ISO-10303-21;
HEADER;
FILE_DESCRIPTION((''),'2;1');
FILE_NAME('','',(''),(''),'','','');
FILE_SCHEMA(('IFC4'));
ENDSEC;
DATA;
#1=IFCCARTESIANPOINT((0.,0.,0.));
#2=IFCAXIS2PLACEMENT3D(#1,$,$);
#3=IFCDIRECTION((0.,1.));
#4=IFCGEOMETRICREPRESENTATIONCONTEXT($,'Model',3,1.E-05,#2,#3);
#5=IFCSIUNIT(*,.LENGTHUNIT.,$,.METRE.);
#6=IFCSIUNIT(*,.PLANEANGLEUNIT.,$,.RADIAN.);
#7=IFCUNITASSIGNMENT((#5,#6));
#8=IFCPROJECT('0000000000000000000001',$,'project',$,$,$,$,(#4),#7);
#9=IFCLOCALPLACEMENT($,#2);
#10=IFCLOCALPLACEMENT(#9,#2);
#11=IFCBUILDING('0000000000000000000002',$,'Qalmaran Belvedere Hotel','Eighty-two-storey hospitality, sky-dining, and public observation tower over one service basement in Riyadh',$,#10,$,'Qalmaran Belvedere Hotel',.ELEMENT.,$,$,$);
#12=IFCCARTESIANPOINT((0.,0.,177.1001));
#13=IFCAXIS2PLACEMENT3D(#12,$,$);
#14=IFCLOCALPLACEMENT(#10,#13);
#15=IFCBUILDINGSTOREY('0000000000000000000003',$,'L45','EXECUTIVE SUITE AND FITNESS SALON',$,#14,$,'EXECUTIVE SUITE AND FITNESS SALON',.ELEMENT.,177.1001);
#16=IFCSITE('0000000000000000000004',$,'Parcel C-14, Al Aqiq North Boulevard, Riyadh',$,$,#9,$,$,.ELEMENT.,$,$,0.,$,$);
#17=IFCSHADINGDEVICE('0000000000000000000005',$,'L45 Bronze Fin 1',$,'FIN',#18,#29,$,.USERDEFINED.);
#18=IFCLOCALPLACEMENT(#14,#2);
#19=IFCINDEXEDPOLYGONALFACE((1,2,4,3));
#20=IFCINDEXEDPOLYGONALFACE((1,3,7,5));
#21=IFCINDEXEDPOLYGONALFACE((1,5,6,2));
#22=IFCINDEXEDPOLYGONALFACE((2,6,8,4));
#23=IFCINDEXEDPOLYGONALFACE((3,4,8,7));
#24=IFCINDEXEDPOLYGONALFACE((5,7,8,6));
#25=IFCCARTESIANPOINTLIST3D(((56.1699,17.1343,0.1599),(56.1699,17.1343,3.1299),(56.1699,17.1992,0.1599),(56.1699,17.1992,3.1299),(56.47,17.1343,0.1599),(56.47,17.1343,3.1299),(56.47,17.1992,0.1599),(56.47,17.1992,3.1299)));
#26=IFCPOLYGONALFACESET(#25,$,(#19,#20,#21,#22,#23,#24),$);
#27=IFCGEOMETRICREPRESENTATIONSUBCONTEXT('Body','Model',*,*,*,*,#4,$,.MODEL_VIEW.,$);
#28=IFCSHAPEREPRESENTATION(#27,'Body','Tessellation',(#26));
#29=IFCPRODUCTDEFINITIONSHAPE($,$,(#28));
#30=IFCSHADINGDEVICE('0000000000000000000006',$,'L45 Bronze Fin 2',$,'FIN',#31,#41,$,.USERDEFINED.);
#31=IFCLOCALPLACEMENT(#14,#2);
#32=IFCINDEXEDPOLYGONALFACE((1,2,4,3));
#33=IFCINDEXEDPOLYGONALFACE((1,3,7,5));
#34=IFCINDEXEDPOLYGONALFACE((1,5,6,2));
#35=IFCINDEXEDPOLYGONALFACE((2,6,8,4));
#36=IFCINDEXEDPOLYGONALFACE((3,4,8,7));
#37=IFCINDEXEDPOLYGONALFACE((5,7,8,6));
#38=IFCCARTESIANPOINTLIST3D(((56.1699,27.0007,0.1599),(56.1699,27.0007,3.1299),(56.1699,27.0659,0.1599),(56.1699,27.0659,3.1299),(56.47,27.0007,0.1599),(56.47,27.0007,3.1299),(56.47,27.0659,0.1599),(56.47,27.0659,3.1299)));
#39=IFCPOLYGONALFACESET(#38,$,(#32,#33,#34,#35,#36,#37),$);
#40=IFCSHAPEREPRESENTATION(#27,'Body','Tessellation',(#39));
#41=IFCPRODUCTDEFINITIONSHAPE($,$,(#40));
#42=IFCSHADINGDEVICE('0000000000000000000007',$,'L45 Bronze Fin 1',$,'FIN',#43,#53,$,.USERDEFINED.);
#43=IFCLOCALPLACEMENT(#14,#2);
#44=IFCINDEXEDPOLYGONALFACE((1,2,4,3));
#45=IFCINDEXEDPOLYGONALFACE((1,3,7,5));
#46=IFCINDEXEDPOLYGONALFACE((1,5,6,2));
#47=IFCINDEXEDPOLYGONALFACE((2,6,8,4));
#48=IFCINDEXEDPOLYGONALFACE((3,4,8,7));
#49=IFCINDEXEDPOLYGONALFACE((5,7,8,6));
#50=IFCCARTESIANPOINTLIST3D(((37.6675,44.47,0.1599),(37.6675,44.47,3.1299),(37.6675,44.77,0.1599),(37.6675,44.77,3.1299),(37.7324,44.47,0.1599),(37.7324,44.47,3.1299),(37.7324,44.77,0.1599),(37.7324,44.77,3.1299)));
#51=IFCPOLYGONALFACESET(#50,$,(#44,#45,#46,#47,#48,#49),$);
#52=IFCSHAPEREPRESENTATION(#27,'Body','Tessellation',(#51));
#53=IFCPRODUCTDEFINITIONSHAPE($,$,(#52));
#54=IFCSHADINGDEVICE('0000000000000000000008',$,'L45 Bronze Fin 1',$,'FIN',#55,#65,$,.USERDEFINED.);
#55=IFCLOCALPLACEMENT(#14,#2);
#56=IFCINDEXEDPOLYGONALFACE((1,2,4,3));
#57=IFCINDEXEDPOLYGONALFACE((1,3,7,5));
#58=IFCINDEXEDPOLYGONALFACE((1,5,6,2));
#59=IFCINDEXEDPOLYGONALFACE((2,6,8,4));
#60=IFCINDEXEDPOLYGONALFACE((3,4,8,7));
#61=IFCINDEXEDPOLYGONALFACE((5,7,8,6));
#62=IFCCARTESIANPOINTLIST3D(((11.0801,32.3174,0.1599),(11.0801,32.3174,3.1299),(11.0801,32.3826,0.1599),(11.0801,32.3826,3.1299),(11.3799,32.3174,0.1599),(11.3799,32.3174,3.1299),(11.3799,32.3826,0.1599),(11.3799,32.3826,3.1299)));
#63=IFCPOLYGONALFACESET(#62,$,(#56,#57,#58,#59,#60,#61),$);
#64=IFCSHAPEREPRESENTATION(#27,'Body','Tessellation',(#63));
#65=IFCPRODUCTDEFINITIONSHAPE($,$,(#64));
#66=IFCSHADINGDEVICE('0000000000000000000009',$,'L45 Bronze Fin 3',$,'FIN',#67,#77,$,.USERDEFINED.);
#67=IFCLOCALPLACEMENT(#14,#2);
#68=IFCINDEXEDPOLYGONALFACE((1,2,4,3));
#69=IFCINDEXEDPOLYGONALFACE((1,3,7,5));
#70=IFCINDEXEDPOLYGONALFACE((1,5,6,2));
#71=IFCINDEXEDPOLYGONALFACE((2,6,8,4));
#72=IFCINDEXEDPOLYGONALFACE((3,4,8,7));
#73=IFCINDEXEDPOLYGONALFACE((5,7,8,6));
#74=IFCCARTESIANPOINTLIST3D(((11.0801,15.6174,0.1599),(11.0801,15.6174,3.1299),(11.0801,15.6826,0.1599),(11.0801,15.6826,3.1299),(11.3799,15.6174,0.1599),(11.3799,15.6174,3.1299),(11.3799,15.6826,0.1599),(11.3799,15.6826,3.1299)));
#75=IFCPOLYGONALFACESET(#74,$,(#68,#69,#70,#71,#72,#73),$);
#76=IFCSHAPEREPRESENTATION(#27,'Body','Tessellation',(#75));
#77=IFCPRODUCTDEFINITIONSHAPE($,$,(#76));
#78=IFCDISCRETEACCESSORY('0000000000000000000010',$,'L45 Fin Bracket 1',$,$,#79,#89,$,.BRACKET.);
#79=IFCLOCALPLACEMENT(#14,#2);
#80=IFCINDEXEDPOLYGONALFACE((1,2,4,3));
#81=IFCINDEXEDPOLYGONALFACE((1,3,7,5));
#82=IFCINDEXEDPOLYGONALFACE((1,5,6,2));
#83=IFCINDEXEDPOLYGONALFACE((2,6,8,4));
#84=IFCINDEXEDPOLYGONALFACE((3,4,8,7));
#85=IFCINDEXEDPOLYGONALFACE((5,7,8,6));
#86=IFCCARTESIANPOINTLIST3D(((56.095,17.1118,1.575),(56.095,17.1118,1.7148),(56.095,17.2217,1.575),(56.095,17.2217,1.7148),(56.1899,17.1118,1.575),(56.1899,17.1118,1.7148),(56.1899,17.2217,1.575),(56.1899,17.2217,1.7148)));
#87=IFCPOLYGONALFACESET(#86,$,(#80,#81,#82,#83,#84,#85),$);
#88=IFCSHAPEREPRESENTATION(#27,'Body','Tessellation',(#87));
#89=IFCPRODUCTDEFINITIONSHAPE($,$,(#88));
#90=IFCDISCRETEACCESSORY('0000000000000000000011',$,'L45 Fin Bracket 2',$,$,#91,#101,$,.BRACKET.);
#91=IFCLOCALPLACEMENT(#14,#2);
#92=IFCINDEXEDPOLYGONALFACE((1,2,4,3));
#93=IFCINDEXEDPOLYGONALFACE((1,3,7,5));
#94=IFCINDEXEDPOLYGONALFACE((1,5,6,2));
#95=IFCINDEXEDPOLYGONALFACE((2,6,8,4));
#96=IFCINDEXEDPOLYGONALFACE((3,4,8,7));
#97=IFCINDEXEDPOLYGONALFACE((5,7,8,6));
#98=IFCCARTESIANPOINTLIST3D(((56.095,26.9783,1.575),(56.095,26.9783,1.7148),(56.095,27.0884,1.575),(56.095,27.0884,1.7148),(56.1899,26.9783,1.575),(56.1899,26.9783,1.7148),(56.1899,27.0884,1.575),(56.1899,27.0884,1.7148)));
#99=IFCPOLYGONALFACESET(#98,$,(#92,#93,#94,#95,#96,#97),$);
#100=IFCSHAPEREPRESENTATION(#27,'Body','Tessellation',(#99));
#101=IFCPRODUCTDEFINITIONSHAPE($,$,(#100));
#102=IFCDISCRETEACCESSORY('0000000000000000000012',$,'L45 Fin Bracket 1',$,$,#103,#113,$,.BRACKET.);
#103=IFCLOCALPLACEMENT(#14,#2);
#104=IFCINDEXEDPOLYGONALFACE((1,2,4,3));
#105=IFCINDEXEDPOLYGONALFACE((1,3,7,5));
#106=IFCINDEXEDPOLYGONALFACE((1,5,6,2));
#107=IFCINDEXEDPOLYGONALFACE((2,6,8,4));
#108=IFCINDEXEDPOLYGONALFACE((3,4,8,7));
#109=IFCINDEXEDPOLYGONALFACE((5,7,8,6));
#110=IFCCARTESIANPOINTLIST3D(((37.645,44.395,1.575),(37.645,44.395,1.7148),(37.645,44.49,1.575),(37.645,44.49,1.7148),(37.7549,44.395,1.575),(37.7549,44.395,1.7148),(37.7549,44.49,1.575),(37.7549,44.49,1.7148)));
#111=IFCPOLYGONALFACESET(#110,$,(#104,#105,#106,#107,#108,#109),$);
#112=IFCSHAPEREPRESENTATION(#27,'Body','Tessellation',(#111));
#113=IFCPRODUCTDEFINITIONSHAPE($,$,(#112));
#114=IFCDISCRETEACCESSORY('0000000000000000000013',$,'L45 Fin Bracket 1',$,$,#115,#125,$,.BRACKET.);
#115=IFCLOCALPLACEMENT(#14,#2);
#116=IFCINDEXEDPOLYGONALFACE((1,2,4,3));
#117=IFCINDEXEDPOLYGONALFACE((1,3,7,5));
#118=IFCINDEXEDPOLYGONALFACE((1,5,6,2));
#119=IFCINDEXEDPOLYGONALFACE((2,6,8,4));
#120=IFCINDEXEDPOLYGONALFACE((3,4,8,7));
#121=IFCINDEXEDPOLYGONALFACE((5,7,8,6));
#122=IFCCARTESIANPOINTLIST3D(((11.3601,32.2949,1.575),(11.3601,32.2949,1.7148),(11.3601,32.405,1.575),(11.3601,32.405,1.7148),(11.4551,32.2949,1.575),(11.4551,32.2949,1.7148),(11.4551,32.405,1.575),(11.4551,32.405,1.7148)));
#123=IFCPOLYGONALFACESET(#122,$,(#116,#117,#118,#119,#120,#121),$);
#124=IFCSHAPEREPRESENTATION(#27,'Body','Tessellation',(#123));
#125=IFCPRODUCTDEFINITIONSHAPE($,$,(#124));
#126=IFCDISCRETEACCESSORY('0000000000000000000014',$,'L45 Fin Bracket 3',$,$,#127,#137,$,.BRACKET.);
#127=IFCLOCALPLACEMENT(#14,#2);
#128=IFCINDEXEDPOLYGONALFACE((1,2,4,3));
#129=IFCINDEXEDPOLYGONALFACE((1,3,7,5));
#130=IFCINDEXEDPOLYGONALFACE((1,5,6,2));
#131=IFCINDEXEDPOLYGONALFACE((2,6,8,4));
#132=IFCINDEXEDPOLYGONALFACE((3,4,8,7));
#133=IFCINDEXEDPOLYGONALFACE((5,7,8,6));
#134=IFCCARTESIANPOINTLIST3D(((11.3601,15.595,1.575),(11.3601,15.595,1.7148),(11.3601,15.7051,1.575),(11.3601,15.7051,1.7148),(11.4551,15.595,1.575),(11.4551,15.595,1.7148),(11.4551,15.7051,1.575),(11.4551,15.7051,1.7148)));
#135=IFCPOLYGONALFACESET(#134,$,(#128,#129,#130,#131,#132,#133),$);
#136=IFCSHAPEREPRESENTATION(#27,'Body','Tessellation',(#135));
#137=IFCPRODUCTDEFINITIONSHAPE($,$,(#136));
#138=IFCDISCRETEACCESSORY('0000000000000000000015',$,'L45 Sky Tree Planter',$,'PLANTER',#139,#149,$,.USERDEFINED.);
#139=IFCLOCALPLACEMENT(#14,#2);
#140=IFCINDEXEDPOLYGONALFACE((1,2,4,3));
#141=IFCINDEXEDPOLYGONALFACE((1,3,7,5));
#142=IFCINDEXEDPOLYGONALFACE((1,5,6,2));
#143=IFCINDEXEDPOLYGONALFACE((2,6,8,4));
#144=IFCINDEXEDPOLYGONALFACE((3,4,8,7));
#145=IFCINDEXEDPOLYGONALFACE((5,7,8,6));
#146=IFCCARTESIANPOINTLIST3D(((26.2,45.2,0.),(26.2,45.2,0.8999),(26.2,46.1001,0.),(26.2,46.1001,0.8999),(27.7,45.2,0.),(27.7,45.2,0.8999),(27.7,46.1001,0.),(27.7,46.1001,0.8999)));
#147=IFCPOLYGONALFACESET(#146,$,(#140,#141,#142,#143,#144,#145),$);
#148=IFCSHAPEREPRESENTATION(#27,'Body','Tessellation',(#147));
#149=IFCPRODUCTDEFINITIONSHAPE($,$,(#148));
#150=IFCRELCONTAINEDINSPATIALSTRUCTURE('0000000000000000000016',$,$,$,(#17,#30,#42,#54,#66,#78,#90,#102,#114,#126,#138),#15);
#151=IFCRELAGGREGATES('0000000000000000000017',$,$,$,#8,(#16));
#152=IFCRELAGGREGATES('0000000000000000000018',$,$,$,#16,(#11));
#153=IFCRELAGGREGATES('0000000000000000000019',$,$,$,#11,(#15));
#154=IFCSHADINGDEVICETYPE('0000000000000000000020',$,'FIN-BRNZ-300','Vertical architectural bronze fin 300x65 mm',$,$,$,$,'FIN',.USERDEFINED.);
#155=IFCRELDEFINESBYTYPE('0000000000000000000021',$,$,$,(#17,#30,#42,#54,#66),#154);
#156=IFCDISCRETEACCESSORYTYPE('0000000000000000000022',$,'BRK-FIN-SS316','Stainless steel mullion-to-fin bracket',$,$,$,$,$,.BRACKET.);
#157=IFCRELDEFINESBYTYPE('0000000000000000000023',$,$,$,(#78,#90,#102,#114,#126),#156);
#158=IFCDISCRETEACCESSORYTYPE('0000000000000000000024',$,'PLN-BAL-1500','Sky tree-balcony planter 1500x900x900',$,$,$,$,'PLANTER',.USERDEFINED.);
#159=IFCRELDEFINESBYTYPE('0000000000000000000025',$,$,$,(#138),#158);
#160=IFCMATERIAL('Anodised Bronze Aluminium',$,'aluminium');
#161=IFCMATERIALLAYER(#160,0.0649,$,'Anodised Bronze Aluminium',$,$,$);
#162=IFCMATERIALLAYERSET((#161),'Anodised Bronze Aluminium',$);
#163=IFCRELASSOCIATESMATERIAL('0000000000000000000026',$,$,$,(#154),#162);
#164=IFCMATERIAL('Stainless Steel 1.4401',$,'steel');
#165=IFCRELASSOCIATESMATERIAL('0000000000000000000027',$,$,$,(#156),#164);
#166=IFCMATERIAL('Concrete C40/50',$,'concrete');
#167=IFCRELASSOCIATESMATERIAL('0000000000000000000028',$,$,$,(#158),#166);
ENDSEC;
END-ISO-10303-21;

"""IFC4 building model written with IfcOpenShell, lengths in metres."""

from ifc_helpers import new_model, si_unit, direction, frame, origin, place, context, subcontext, project, spatial, polyline, outline, extrude, material, layer, layer_set, type_object, element, save


model = new_model("IFC4")

# Units and contexts
model_context = context("Model", 3, precision=1e-05, world=origin(), true_north=direction((0.0, 1.0)))
body_context = subcontext(model_context, "Body", "Model", "MODEL_VIEW")
ifc_project = project(units=[si_unit("LENGTHUNIT", "METRE"), si_unit("PLANEANGLEUNIT", "RADIAN")], contexts=[model_context])

# Site, building, storey
site_placement = place(None, origin())
site = spatial("IfcSite", under=ifc_project, at=site_placement, Name="Parcel C-14, Al Aqiq North Boulevard, Riyadh", CompositionType="ELEMENT", RefElevation=0.0)
building_placement = place(site_placement, origin())
building = spatial("IfcBuilding", under=site, at=building_placement, Name="Qalmaran Belvedere Hotel", Description="Eighty-two-storey hospitality, sky-dining, and public observation tower over one service basement in Riyadh", LongName="Qalmaran Belvedere Hotel", CompositionType="ELEMENT")
storey_placement = place(building_placement, frame((0.0, 0.0, 177.1001)))
storey = spatial("IfcBuildingStorey", under=building, at=storey_placement, Name="L45", Description="EXECUTIVE SUITE AND FITNESS SALON", LongName="EXECUTIVE SUITE AND FITNESS SALON", CompositionType="ELEMENT", Elevation=177.1001)

# Shared definitions
ifc_material_1 = material(Name="Anodised Bronze Aluminium", Category="aluminium")

# Shared definitions
ifc_material_2 = material(Name="Concrete C40/50", Category="concrete")

# Shading devices
ifc_layer_1 = layer(ifc_material_1, 0.0649, Name="Anodised Bronze Aluminium")
ifc_layer_set_1 = layer_set([ifc_layer_1], Name="Anodised Bronze Aluminium")
shading_device_type = type_object("IfcShadingDeviceType", Name="FIN-BRNZ-300", Description="Vertical architectural bronze fin 300x65 mm", ElementType="FIN", PredefinedType="USERDEFINED", material=ifc_layer_set_1)
shading_device_1_placement = place(storey_placement, frame((0.0, 0.0, 0.1599)))
element("IfcShadingDevice", 1, at=shading_device_1_placement, inside=storey, type_object=shading_device_type, Name="L45 Bronze Fin 1", ObjectType="FIN", PredefinedType="USERDEFINED", context=body_context, shape_type="SweptSolid", body=[
    extrude(outline(polyline([(56.1699, 17.1343), (56.47, 17.1343), (56.47, 17.1992), (56.1699, 17.1992), (56.1699, 17.1343)])), origin(), (0.0, 0.0, 1.0), 2.97),
])
shading_device_2_placement = place(storey_placement, frame((0.0, 0.0, 0.1599)))
element("IfcShadingDevice", 2, at=shading_device_2_placement, inside=storey, type_object=shading_device_type, Name="L45 Bronze Fin 2", ObjectType="FIN", PredefinedType="USERDEFINED", context=body_context, shape_type="SweptSolid", body=[
    extrude(outline(polyline([(56.1699, 27.0007), (56.47, 27.0007), (56.47, 27.0659), (56.1699, 27.0659), (56.1699, 27.0007)])), origin(), (0.0, 0.0, 1.0), 2.97),
])
shading_device_3_placement = place(storey_placement, frame((0.0, 0.0, 0.1599)))
element("IfcShadingDevice", 3, at=shading_device_3_placement, inside=storey, type_object=shading_device_type, Name="L45 Bronze Fin 1", ObjectType="FIN", PredefinedType="USERDEFINED", context=body_context, shape_type="SweptSolid", body=[
    extrude(outline(polyline([(37.7324, 44.47), (37.7324, 44.77), (37.6675, 44.77), (37.6675, 44.47), (37.7324, 44.47)])), origin(), (0.0, 0.0, 1.0), 2.97),
])
shading_device_4_placement = place(storey_placement, frame((0.0, 0.0, 0.1599)))
element("IfcShadingDevice", 4, at=shading_device_4_placement, inside=storey, type_object=shading_device_type, Name="L45 Bronze Fin 1", ObjectType="FIN", PredefinedType="USERDEFINED", context=body_context, shape_type="SweptSolid", body=[
    extrude(outline(polyline([(11.3799, 32.3826), (11.0801, 32.3826), (11.0801, 32.3174), (11.3799, 32.3174), (11.3799, 32.3826)])), origin(), (0.0, 0.0, 1.0), 2.97),
])
shading_device_5_placement = place(storey_placement, frame((0.0, 0.0, 0.1599)))
element("IfcShadingDevice", 5, at=shading_device_5_placement, inside=storey, type_object=shading_device_type, Name="L45 Bronze Fin 3", ObjectType="FIN", PredefinedType="USERDEFINED", context=body_context, shape_type="SweptSolid", body=[
    extrude(outline(polyline([(11.3799, 15.6826), (11.0801, 15.6826), (11.0801, 15.6174), (11.3799, 15.6174), (11.3799, 15.6826)])), origin(), (0.0, 0.0, 1.0), 2.97),
])

# Discrete accessories
ifc_material_3 = material(Name="Stainless Steel 1.4401", Category="steel")
discrete_accessory_type_1 = type_object("IfcDiscreteAccessoryType", Name="BRK-FIN-SS316", Description="Stainless steel mullion-to-fin bracket", PredefinedType="BRACKET", material=ifc_material_3)
discrete_accessory_1_placement = place(storey_placement, frame((0.0, 0.0, 1.575)))
element("IfcDiscreteAccessory", 6, at=discrete_accessory_1_placement, inside=storey, type_object=discrete_accessory_type_1, Name="L45 Fin Bracket 1", PredefinedType="BRACKET", context=body_context, shape_type="SweptSolid", body=[
    extrude(outline(polyline([(56.095, 17.1118), (56.1899, 17.1118), (56.1899, 17.2217), (56.095, 17.2217), (56.095, 17.1118)])), origin(), (0.0, 0.0, 1.0), 0.1399),
])
discrete_accessory_2_placement = place(storey_placement, frame((0.0, 0.0, 1.575)))
element("IfcDiscreteAccessory", 7, at=discrete_accessory_2_placement, inside=storey, type_object=discrete_accessory_type_1, Name="L45 Fin Bracket 2", PredefinedType="BRACKET", context=body_context, shape_type="SweptSolid", body=[
    extrude(outline(polyline([(56.095, 26.9783), (56.1899, 26.9783), (56.1899, 27.0884), (56.095, 27.0884), (56.095, 26.9783)])), origin(), (0.0, 0.0, 1.0), 0.1399),
])
discrete_accessory_3_placement = place(storey_placement, frame((0.0, 0.0, 1.575)))
element("IfcDiscreteAccessory", 8, at=discrete_accessory_3_placement, inside=storey, type_object=discrete_accessory_type_1, Name="L45 Fin Bracket 1", PredefinedType="BRACKET", context=body_context, shape_type="SweptSolid", body=[
    extrude(outline(polyline([(37.7549, 44.395), (37.7549, 44.49), (37.645, 44.49), (37.645, 44.395), (37.7549, 44.395)])), origin(), (0.0, 0.0, 1.0), 0.1399),
])
discrete_accessory_4_placement = place(storey_placement, frame((0.0, 0.0, 1.575)))
element("IfcDiscreteAccessory", 9, at=discrete_accessory_4_placement, inside=storey, type_object=discrete_accessory_type_1, Name="L45 Fin Bracket 1", PredefinedType="BRACKET", context=body_context, shape_type="SweptSolid", body=[
    extrude(outline(polyline([(11.4551, 32.405), (11.3601, 32.405), (11.3601, 32.2949), (11.4551, 32.2949), (11.4551, 32.405)])), origin(), (0.0, 0.0, 1.0), 0.1399),
])
discrete_accessory_5_placement = place(storey_placement, frame((0.0, 0.0, 1.575)))
element("IfcDiscreteAccessory", 10, at=discrete_accessory_5_placement, inside=storey, type_object=discrete_accessory_type_1, Name="L45 Fin Bracket 3", PredefinedType="BRACKET", context=body_context, shape_type="SweptSolid", body=[
    extrude(outline(polyline([(11.4551, 15.7051), (11.3601, 15.7051), (11.3601, 15.595), (11.4551, 15.595), (11.4551, 15.7051)])), origin(), (0.0, 0.0, 1.0), 0.1399),
])
discrete_accessory_type_2 = type_object("IfcDiscreteAccessoryType", Name="PLN-BAL-1500", Description="Sky tree-balcony planter 1500x900x900", ElementType="PLANTER", PredefinedType="USERDEFINED", material=ifc_material_2)
discrete_accessory_6_placement = place(storey_placement, origin())
element("IfcDiscreteAccessory", 11, at=discrete_accessory_6_placement, inside=storey, type_object=discrete_accessory_type_2, Name="L45 Sky Tree Planter", ObjectType="PLANTER", PredefinedType="USERDEFINED", context=body_context, shape_type="SweptSolid", body=[
    extrude(outline(polyline([(26.2, 45.2), (27.7, 45.2), (27.7, 46.1001), (26.2, 46.1001), (26.2, 45.2)])), origin(), (0.0, 0.0, 1.0), 0.8999),
])

save(model, "model.ifc")
